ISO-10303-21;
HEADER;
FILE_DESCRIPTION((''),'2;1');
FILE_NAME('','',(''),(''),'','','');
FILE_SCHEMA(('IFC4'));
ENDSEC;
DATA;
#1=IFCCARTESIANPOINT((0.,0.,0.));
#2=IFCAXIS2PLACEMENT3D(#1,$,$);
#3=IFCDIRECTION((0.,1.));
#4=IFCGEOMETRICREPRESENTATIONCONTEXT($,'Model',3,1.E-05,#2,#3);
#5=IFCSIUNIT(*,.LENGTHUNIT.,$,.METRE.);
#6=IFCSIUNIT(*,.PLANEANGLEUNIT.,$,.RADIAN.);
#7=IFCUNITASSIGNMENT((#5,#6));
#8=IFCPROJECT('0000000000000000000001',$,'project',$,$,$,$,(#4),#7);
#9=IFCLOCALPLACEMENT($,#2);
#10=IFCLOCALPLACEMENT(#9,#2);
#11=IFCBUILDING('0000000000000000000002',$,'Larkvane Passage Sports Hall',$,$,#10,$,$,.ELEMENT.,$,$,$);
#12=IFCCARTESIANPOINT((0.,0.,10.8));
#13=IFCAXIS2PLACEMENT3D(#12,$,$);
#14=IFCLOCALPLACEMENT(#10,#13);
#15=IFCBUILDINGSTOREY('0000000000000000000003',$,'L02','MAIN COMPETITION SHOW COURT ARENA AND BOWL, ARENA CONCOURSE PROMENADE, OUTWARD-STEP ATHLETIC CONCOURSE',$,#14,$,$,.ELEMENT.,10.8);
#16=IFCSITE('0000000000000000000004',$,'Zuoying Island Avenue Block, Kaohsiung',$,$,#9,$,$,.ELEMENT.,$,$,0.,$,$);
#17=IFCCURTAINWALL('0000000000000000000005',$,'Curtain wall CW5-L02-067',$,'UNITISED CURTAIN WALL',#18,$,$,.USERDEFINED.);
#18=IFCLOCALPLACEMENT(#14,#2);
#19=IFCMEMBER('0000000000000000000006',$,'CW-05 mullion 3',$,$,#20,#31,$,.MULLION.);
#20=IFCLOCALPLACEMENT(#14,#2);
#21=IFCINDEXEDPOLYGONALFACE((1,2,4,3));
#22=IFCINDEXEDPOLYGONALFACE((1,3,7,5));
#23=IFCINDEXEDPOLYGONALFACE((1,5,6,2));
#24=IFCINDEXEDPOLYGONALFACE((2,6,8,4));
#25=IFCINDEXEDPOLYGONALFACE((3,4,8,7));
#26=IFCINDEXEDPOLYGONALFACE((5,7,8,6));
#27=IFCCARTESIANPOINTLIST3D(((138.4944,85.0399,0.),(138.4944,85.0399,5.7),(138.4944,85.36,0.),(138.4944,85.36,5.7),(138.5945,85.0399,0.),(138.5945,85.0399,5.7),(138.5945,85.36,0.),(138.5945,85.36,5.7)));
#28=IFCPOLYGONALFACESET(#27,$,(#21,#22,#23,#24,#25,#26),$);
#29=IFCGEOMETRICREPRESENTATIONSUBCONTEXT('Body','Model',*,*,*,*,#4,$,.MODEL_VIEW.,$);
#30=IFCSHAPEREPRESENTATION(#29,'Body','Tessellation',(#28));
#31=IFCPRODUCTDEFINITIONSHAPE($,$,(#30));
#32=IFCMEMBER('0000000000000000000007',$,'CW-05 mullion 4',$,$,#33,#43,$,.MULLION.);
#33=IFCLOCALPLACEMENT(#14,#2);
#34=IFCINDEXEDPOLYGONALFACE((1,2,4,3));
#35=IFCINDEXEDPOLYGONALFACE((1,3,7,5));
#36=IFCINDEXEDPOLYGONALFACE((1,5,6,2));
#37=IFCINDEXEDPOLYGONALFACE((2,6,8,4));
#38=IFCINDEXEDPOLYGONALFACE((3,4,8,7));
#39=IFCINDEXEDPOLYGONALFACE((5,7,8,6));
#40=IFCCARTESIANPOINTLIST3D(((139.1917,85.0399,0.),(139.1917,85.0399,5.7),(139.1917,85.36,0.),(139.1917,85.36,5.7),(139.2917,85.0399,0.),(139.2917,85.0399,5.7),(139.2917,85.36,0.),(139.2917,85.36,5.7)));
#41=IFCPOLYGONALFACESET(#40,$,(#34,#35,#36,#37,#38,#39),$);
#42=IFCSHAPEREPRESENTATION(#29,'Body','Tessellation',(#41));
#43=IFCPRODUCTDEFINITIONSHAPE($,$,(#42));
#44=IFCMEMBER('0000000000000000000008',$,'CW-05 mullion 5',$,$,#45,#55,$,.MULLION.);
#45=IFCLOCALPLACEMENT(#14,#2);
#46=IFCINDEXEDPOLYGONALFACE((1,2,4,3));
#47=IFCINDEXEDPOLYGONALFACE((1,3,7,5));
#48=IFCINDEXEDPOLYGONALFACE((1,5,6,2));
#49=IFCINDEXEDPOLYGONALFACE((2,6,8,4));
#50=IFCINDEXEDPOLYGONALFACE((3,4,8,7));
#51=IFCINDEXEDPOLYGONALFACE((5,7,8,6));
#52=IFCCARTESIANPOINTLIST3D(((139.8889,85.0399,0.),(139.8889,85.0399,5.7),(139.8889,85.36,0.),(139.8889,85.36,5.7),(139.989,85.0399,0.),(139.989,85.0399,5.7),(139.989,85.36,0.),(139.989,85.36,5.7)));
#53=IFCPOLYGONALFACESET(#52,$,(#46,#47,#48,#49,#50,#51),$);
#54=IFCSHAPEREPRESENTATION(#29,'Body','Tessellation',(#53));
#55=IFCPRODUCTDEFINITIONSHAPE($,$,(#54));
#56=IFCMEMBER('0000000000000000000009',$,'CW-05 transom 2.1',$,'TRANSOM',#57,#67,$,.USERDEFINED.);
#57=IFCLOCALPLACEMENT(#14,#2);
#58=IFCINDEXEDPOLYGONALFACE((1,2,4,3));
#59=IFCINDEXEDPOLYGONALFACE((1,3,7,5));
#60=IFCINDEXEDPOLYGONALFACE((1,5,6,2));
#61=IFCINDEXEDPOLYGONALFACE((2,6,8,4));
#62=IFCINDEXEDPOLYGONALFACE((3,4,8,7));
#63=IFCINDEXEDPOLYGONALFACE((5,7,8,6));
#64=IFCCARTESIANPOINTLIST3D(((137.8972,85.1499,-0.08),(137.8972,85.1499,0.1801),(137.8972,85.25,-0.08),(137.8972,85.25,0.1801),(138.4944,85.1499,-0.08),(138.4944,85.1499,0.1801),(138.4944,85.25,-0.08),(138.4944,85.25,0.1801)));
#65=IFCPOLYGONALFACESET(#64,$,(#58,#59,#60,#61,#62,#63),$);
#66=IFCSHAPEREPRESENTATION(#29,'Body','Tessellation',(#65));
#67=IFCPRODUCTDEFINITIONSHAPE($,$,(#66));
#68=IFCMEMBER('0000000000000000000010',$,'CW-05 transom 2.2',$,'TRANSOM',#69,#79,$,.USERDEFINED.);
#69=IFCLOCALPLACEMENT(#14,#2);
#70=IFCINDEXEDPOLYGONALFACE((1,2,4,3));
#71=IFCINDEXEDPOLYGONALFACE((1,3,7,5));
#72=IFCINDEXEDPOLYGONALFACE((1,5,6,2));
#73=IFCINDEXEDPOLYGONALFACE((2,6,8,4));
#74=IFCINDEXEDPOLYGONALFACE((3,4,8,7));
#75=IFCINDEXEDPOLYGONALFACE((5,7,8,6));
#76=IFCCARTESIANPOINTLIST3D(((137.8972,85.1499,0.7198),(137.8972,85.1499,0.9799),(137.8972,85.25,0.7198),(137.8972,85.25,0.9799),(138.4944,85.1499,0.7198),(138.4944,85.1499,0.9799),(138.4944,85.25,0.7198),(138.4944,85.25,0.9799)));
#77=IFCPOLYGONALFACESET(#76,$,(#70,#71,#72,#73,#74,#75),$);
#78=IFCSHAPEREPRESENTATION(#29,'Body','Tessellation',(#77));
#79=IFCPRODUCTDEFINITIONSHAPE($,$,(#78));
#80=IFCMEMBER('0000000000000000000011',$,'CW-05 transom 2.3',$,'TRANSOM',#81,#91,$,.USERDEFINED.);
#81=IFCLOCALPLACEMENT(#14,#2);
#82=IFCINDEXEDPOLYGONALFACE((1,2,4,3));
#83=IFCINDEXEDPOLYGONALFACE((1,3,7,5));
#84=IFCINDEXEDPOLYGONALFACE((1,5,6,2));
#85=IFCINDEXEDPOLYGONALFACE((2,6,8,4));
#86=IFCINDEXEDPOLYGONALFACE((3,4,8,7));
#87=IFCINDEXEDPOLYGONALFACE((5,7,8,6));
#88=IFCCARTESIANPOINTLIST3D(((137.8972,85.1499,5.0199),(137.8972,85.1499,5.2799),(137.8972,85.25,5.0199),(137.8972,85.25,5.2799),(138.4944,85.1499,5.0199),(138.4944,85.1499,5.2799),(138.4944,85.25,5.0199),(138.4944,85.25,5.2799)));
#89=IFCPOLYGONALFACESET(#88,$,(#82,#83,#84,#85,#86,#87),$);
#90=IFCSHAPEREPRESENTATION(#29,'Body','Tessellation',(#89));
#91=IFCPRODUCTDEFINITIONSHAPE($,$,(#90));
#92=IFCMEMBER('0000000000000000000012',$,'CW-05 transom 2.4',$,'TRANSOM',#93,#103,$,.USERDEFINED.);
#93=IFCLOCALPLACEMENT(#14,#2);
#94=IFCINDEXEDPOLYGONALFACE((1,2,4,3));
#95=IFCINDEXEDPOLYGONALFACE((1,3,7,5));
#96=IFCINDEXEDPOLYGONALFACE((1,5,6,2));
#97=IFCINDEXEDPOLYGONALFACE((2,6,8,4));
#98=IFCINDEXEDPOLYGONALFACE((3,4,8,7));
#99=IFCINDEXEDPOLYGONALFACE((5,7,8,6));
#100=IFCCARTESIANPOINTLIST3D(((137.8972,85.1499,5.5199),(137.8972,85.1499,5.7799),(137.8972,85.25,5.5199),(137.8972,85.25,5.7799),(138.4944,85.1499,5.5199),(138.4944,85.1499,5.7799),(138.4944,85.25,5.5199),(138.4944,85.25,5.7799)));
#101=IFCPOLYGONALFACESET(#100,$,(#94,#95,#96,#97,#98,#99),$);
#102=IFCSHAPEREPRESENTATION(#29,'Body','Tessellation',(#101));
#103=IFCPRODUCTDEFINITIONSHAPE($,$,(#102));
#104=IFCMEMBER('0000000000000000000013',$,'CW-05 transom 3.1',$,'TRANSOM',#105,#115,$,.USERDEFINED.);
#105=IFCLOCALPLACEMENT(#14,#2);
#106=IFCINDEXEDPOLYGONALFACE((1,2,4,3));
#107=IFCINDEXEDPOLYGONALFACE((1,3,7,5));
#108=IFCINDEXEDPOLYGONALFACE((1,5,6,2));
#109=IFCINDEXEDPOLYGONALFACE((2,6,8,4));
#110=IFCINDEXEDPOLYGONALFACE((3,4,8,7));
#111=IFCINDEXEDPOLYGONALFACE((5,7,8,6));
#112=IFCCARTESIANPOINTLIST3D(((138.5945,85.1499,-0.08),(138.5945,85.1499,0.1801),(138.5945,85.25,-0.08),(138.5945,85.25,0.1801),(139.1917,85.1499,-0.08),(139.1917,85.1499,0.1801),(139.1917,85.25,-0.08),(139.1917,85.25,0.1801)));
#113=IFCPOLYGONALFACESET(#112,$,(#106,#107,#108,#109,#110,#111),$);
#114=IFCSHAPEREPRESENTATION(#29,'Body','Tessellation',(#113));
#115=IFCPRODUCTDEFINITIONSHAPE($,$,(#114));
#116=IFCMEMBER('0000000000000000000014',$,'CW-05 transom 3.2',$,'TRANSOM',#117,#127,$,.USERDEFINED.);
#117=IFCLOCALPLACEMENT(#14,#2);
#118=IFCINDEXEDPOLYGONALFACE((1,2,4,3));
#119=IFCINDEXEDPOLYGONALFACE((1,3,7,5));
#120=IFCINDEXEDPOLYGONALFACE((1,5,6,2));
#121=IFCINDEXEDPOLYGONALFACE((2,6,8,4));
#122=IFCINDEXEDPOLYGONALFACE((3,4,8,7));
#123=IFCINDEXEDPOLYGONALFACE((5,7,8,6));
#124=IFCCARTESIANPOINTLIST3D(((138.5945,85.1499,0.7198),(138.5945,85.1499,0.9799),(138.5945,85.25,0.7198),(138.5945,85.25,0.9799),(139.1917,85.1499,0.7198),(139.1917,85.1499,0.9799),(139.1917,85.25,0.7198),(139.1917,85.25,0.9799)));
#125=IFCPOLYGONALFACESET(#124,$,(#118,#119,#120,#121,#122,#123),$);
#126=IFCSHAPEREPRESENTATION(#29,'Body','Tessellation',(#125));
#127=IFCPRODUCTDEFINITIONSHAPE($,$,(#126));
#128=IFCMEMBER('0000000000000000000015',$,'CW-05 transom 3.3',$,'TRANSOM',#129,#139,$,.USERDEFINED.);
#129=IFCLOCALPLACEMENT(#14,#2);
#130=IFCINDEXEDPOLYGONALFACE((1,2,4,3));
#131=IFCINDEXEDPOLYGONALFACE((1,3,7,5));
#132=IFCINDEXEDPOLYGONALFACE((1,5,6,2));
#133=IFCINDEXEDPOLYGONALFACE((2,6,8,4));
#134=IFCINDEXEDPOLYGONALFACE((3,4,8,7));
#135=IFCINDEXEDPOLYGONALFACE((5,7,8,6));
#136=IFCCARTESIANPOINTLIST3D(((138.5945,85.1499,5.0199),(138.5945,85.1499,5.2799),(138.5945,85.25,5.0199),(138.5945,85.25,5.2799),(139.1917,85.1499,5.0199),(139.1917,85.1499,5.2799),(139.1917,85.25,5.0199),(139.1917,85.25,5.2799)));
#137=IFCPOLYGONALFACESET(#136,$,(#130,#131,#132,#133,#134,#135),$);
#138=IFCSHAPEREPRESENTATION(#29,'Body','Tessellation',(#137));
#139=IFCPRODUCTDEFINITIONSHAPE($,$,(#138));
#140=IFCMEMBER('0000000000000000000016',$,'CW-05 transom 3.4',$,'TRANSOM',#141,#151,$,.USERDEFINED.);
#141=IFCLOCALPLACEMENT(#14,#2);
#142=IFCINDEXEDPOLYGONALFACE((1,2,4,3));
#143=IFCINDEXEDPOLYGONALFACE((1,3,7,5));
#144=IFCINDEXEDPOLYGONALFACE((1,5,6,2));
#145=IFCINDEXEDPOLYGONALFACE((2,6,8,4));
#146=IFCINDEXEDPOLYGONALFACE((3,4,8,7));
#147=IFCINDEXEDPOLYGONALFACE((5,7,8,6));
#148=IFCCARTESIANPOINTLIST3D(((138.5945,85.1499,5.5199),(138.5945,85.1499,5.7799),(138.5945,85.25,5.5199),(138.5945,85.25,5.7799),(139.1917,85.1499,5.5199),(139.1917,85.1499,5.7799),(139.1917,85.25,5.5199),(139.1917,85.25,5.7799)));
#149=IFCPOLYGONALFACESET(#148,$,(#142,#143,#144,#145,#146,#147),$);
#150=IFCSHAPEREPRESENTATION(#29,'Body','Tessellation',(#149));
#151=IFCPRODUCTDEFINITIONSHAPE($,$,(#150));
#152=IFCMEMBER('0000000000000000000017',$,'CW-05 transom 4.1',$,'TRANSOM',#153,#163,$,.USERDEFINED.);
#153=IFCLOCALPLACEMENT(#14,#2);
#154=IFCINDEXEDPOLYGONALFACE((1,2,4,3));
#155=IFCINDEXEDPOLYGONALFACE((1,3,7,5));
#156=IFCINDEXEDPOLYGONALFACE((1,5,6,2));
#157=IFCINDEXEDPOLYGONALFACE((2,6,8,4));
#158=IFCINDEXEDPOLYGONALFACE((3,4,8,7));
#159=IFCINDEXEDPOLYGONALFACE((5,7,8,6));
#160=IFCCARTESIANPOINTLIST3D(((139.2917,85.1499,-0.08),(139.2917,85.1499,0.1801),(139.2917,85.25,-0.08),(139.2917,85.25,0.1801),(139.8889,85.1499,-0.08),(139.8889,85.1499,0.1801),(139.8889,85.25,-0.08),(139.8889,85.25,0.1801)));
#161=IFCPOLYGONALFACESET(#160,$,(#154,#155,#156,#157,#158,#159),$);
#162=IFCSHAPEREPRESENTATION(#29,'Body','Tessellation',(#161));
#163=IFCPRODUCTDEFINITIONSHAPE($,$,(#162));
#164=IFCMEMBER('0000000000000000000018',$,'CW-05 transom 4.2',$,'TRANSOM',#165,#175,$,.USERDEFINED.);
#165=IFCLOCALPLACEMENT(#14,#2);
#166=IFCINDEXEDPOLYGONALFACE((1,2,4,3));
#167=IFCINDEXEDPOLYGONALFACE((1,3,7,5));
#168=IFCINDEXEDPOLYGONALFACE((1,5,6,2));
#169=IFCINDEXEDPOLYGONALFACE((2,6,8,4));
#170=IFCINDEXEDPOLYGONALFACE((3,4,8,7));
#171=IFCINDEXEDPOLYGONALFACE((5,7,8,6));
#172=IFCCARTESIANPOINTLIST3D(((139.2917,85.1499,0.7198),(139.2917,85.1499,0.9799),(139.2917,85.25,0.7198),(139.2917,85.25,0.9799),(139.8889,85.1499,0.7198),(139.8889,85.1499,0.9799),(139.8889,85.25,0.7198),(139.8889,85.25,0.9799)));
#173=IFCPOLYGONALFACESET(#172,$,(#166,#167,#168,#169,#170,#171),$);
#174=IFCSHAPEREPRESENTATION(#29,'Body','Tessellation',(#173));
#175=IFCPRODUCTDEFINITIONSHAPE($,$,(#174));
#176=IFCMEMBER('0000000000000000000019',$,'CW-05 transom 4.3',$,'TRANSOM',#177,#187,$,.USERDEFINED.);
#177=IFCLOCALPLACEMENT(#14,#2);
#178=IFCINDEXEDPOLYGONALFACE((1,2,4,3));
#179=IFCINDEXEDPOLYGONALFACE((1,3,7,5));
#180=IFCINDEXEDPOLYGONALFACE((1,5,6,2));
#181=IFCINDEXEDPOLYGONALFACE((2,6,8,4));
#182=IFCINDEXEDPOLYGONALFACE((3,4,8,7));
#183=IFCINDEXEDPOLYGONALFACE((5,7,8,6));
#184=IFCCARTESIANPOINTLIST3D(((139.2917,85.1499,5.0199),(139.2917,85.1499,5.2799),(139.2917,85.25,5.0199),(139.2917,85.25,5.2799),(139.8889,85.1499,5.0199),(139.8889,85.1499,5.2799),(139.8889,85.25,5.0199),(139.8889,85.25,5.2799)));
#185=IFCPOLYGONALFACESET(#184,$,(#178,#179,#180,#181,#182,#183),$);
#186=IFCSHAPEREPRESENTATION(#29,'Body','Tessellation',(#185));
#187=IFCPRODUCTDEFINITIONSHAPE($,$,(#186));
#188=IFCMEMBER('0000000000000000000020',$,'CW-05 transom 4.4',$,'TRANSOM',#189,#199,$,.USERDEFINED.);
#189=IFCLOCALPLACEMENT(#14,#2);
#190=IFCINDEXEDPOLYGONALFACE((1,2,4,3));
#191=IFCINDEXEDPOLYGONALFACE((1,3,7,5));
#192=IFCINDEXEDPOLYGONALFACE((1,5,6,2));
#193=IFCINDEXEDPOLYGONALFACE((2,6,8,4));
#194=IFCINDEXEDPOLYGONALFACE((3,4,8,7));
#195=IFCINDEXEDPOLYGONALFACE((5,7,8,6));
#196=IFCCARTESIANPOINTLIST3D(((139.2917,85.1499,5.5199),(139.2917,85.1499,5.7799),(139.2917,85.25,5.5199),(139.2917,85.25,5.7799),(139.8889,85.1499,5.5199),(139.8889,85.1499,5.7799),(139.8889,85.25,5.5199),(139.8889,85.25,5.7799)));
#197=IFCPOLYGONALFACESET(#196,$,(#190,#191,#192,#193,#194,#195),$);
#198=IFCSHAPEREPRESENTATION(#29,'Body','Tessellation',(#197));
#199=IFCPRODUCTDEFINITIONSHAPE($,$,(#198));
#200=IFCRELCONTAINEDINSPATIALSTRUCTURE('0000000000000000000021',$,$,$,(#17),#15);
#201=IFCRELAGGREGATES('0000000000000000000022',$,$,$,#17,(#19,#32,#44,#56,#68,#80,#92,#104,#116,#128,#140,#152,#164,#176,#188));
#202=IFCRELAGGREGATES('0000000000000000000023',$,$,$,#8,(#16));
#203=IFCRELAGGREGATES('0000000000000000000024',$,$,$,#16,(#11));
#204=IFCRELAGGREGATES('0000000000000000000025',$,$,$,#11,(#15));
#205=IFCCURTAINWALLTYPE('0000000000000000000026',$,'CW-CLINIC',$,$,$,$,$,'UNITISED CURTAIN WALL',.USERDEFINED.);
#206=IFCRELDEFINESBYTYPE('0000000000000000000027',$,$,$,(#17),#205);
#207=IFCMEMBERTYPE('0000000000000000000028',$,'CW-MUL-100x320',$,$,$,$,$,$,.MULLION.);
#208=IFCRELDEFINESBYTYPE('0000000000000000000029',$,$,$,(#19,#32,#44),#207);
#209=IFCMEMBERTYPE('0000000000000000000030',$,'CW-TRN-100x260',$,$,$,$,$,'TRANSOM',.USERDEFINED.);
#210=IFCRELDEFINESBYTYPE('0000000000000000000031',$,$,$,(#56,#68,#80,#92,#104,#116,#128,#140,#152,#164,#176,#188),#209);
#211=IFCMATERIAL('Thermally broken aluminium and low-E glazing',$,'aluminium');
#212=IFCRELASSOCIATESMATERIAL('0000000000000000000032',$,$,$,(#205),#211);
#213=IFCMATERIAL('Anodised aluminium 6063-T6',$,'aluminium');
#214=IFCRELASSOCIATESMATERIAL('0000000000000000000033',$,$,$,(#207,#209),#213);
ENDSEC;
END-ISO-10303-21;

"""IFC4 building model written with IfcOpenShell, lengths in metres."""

from ifc_helpers import new_model, si_unit, direction, frame, origin, origin_2d, place, context, subcontext, project, spatial, rectangle, extrude, material, material_profile, profile_set, type_object, element, aggregate, save


model = new_model("IFC4")

# Units and contexts
model_context = context("Model", 3, precision=1e-05, world=origin(), true_north=direction((0.0, 1.0)))
body_context = subcontext(model_context, "Body", "Model", "MODEL_VIEW")
ifc_project = project(units=[si_unit("LENGTHUNIT", "METRE"), si_unit("PLANEANGLEUNIT", "RADIAN")], contexts=[model_context])

# Site, building, storey
site_placement = place(None, origin())
site = spatial("IfcSite", under=ifc_project, at=site_placement, Name="Zuoying Island Avenue Block, Kaohsiung", CompositionType="ELEMENT", RefElevation=0.0)
building_placement = place(site_placement, origin())
building = spatial("IfcBuilding", under=site, at=building_placement, Name="Larkvane Passage Sports Hall", CompositionType="ELEMENT")
storey_placement = place(building_placement, frame((0.0, 0.0, 10.8)))
storey = spatial("IfcBuildingStorey", under=building, at=storey_placement, Name="L02", Description="MAIN COMPETITION SHOW COURT ARENA AND BOWL, ARENA CONCOURSE PROMENADE, OUTWARD-STEP ATHLETIC CONCOURSE", CompositionType="ELEMENT", Elevation=10.8)

# Curtain wall, members
ifc_material_1 = material(Name="Thermally broken aluminium and low-E glazing", Category="aluminium")
curtain_wall_type = type_object("IfcCurtainWallType", Name="CW-CLINIC", ElementType="UNITISED CURTAIN WALL", PredefinedType="USERDEFINED", material=ifc_material_1)
curtain_wall_placement = place(storey_placement, origin())
curtain_wall = element("IfcCurtainWall", 1, at=curtain_wall_placement, inside=storey, type_object=curtain_wall_type, Name="Curtain wall CW5-L02-067", ObjectType="UNITISED CURTAIN WALL", PredefinedType="USERDEFINED")
ifc_material_2 = material(Name="Anodised aluminium 6063-T6", Category="aluminium")
ifc_material_profile_1 = material_profile(ifc_material_2, rectangle(XDim=0.1001, YDim=0.3201, at=origin_2d()), Name="ALU-MUL-100x320")
ifc_profile_set_1 = profile_set([ifc_material_profile_1], Name="Anodised aluminium 6063-T6")
member_type_1 = type_object("IfcMemberType", Name="CW-MUL-100x320", PredefinedType="MULLION", material=ifc_profile_set_1)
member_1_placement = place(storey_placement, frame((138.5444, 85.2, 0.0), z_axis=(0.0, 0.0, 1.0), x_axis=(1.0, 0.0, 0.0)))
member_1 = element("IfcMember", 2, at=member_1_placement, type_object=member_type_1, Name="CW-05 mullion 3", PredefinedType="MULLION", context=body_context, shape_type="SweptSolid", body=[
    extrude(rectangle(XDim=0.1001, YDim=0.3201, at=origin_2d()), origin(), (0.0, 0.0, 1.0), 5.7),
])
member_2_placement = place(storey_placement, frame((139.2417, 85.2, 0.0), z_axis=(0.0, 0.0, 1.0), x_axis=(1.0, 0.0, 0.0)))
member_2 = element("IfcMember", 3, at=member_2_placement, type_object=member_type_1, Name="CW-05 mullion 4", PredefinedType="MULLION", context=body_context, shape_type="SweptSolid", body=[
    extrude(rectangle(XDim=0.1001, YDim=0.3201, at=origin_2d()), origin(), (0.0, 0.0, 1.0), 5.7),
])
member_3_placement = place(storey_placement, frame((139.939, 85.2, 0.0), z_axis=(0.0, 0.0, 1.0), x_axis=(1.0, 0.0, 0.0)))
member_3 = element("IfcMember", 4, at=member_3_placement, type_object=member_type_1, Name="CW-05 mullion 5", PredefinedType="MULLION", context=body_context, shape_type="SweptSolid", body=[
    extrude(rectangle(XDim=0.1001, YDim=0.3201, at=origin_2d()), origin(), (0.0, 0.0, 1.0), 5.7),
])
ifc_material_profile_2 = material_profile(ifc_material_2, rectangle(XDim=0.1001, YDim=0.26, at=origin_2d()), Name="ALU-TRN-100x260")
ifc_profile_set_2 = profile_set([ifc_material_profile_2], Name="Anodised aluminium 6063-T6")
member_type_2 = type_object("IfcMemberType", Name="CW-TRN-100x260", ElementType="TRANSOM", PredefinedType="USERDEFINED", material=ifc_profile_set_2)
member_4_placement = place(storey_placement, frame((137.8972, 85.2, 0.05), z_axis=(1.0, 0.0, 0.0), x_axis=(0.0, 1.0, 0.0)))
member_4 = element("IfcMember", 5, at=member_4_placement, type_object=member_type_2, Name="CW-05 transom 2.1", ObjectType="TRANSOM", PredefinedType="USERDEFINED", context=body_context, shape_type="SweptSolid", body=[
    extrude(rectangle(XDim=0.1001, YDim=0.26, at=origin_2d()), origin(), (0.0, 0.0, 1.0), 0.5972),
])
member_5_placement = place(storey_placement, frame((137.8972, 85.2, 0.8499), z_axis=(1.0, 0.0, 0.0), x_axis=(0.0, 1.0, 0.0)))
member_5 = element("IfcMember", 6, at=member_5_placement, type_object=member_type_2, Name="CW-05 transom 2.2", ObjectType="TRANSOM", PredefinedType="USERDEFINED", context=body_context, shape_type="SweptSolid", body=[
    extrude(rectangle(XDim=0.1001, YDim=0.26, at=origin_2d()), origin(), (0.0, 0.0, 1.0), 0.5972),
])
member_6_placement = place(storey_placement, frame((137.8972, 85.2, 5.1499), z_axis=(1.0, 0.0, 0.0), x_axis=(0.0, 1.0, 0.0)))
member_6 = element("IfcMember", 7, at=member_6_placement, type_object=member_type_2, Name="CW-05 transom 2.3", ObjectType="TRANSOM", PredefinedType="USERDEFINED", context=body_context, shape_type="SweptSolid", body=[
    extrude(rectangle(XDim=0.1001, YDim=0.26, at=origin_2d()), origin(), (0.0, 0.0, 1.0), 0.5972),
])
member_7_placement = place(storey_placement, frame((137.8972, 85.2, 5.6499), z_axis=(1.0, 0.0, 0.0), x_axis=(0.0, 1.0, 0.0)))
member_7 = element("IfcMember", 8, at=member_7_placement, type_object=member_type_2, Name="CW-05 transom 2.4", ObjectType="TRANSOM", PredefinedType="USERDEFINED", context=body_context, shape_type="SweptSolid", body=[
    extrude(rectangle(XDim=0.1001, YDim=0.26, at=origin_2d()), origin(), (0.0, 0.0, 1.0), 0.5972),
])
member_8_placement = place(storey_placement, frame((138.5945, 85.2, 0.05), z_axis=(1.0, 0.0, 0.0), x_axis=(0.0, 1.0, 0.0)))
member_8 = element("IfcMember", 9, at=member_8_placement, type_object=member_type_2, Name="CW-05 transom 3.1", ObjectType="TRANSOM", PredefinedType="USERDEFINED", context=body_context, shape_type="SweptSolid", body=[
    extrude(rectangle(XDim=0.1001, YDim=0.26, at=origin_2d()), origin(), (0.0, 0.0, 1.0), 0.5972),
])
member_9_placement = place(storey_placement, frame((138.5945, 85.2, 0.8499), z_axis=(1.0, 0.0, 0.0), x_axis=(0.0, 1.0, 0.0)))
member_9 = element("IfcMember", 10, at=member_9_placement, type_object=member_type_2, Name="CW-05 transom 3.2", ObjectType="TRANSOM", PredefinedType="USERDEFINED", context=body_context, shape_type="SweptSolid", body=[
    extrude(rectangle(XDim=0.1001, YDim=0.26, at=origin_2d()), origin(), (0.0, 0.0, 1.0), 0.5972),
])
member_10_placement = place(storey_placement, frame((138.5945, 85.2, 5.1499), z_axis=(1.0, 0.0, 0.0), x_axis=(0.0, 1.0, 0.0)))
member_10 = element("IfcMember", 11, at=member_10_placement, type_object=member_type_2, Name="CW-05 transom 3.3", ObjectType="TRANSOM", PredefinedType="USERDEFINED", context=body_context, shape_type="SweptSolid", body=[
    extrude(rectangle(XDim=0.1001, YDim=0.26, at=origin_2d()), origin(), (0.0, 0.0, 1.0), 0.5972),
])
member_11_placement = place(storey_placement, frame((138.5945, 85.2, 5.6499), z_axis=(1.0, 0.0, 0.0), x_axis=(0.0, 1.0, 0.0)))
member_11 = element("IfcMember", 12, at=member_11_placement, type_object=member_type_2, Name="CW-05 transom 3.4", ObjectType="TRANSOM", PredefinedType="USERDEFINED", context=body_context, shape_type="SweptSolid", body=[
    extrude(rectangle(XDim=0.1001, YDim=0.26, at=origin_2d()), origin(), (0.0, 0.0, 1.0), 0.5972),
])
member_12_placement = place(storey_placement, frame((139.2917, 85.2, 0.05), z_axis=(1.0, 0.0, 0.0), x_axis=(0.0, 1.0, 0.0)))
member_12 = element("IfcMember", 13, at=member_12_placement, type_object=member_type_2, Name="CW-05 transom 4.1", ObjectType="TRANSOM", PredefinedType="USERDEFINED", context=body_context, shape_type="SweptSolid", body=[
    extrude(rectangle(XDim=0.1001, YDim=0.26, at=origin_2d()), origin(), (0.0, 0.0, 1.0), 0.5972),
])
member_13_placement = place(storey_placement, frame((139.2917, 85.2, 0.8499), z_axis=(1.0, 0.0, 0.0), x_axis=(0.0, 1.0, 0.0)))
member_13 = element("IfcMember", 14, at=member_13_placement, type_object=member_type_2, Name="CW-05 transom 4.2", ObjectType="TRANSOM", PredefinedType="USERDEFINED", context=body_context, shape_type="SweptSolid", body=[
    extrude(rectangle(XDim=0.1001, YDim=0.26, at=origin_2d()), origin(), (0.0, 0.0, 1.0), 0.5972),
])
member_14_placement = place(storey_placement, frame((139.2917, 85.2, 5.1499), z_axis=(1.0, 0.0, 0.0), x_axis=(0.0, 1.0, 0.0)))
member_14 = element("IfcMember", 15, at=member_14_placement, type_object=member_type_2, Name="CW-05 transom 4.3", ObjectType="TRANSOM", PredefinedType="USERDEFINED", context=body_context, shape_type="SweptSolid", body=[
    extrude(rectangle(XDim=0.1001, YDim=0.26, at=origin_2d()), origin(), (0.0, 0.0, 1.0), 0.5972),
])
member_15_placement = place(storey_placement, frame((139.2917, 85.2, 5.6499), z_axis=(1.0, 0.0, 0.0), x_axis=(0.0, 1.0, 0.0)))
member_15 = element("IfcMember", 16, at=member_15_placement, type_object=member_type_2, Name="CW-05 transom 4.4", ObjectType="TRANSOM", PredefinedType="USERDEFINED", context=body_context, shape_type="SweptSolid", body=[
    extrude(rectangle(XDim=0.1001, YDim=0.26, at=origin_2d()), origin(), (0.0, 0.0, 1.0), 0.5972),
])
aggregate(curtain_wall, [member_1, member_2, member_3, member_4, member_5, member_6, member_7, member_8, member_9, member_10, member_11, member_12, member_13, member_14, member_15])

save(model, "model.ifc")
